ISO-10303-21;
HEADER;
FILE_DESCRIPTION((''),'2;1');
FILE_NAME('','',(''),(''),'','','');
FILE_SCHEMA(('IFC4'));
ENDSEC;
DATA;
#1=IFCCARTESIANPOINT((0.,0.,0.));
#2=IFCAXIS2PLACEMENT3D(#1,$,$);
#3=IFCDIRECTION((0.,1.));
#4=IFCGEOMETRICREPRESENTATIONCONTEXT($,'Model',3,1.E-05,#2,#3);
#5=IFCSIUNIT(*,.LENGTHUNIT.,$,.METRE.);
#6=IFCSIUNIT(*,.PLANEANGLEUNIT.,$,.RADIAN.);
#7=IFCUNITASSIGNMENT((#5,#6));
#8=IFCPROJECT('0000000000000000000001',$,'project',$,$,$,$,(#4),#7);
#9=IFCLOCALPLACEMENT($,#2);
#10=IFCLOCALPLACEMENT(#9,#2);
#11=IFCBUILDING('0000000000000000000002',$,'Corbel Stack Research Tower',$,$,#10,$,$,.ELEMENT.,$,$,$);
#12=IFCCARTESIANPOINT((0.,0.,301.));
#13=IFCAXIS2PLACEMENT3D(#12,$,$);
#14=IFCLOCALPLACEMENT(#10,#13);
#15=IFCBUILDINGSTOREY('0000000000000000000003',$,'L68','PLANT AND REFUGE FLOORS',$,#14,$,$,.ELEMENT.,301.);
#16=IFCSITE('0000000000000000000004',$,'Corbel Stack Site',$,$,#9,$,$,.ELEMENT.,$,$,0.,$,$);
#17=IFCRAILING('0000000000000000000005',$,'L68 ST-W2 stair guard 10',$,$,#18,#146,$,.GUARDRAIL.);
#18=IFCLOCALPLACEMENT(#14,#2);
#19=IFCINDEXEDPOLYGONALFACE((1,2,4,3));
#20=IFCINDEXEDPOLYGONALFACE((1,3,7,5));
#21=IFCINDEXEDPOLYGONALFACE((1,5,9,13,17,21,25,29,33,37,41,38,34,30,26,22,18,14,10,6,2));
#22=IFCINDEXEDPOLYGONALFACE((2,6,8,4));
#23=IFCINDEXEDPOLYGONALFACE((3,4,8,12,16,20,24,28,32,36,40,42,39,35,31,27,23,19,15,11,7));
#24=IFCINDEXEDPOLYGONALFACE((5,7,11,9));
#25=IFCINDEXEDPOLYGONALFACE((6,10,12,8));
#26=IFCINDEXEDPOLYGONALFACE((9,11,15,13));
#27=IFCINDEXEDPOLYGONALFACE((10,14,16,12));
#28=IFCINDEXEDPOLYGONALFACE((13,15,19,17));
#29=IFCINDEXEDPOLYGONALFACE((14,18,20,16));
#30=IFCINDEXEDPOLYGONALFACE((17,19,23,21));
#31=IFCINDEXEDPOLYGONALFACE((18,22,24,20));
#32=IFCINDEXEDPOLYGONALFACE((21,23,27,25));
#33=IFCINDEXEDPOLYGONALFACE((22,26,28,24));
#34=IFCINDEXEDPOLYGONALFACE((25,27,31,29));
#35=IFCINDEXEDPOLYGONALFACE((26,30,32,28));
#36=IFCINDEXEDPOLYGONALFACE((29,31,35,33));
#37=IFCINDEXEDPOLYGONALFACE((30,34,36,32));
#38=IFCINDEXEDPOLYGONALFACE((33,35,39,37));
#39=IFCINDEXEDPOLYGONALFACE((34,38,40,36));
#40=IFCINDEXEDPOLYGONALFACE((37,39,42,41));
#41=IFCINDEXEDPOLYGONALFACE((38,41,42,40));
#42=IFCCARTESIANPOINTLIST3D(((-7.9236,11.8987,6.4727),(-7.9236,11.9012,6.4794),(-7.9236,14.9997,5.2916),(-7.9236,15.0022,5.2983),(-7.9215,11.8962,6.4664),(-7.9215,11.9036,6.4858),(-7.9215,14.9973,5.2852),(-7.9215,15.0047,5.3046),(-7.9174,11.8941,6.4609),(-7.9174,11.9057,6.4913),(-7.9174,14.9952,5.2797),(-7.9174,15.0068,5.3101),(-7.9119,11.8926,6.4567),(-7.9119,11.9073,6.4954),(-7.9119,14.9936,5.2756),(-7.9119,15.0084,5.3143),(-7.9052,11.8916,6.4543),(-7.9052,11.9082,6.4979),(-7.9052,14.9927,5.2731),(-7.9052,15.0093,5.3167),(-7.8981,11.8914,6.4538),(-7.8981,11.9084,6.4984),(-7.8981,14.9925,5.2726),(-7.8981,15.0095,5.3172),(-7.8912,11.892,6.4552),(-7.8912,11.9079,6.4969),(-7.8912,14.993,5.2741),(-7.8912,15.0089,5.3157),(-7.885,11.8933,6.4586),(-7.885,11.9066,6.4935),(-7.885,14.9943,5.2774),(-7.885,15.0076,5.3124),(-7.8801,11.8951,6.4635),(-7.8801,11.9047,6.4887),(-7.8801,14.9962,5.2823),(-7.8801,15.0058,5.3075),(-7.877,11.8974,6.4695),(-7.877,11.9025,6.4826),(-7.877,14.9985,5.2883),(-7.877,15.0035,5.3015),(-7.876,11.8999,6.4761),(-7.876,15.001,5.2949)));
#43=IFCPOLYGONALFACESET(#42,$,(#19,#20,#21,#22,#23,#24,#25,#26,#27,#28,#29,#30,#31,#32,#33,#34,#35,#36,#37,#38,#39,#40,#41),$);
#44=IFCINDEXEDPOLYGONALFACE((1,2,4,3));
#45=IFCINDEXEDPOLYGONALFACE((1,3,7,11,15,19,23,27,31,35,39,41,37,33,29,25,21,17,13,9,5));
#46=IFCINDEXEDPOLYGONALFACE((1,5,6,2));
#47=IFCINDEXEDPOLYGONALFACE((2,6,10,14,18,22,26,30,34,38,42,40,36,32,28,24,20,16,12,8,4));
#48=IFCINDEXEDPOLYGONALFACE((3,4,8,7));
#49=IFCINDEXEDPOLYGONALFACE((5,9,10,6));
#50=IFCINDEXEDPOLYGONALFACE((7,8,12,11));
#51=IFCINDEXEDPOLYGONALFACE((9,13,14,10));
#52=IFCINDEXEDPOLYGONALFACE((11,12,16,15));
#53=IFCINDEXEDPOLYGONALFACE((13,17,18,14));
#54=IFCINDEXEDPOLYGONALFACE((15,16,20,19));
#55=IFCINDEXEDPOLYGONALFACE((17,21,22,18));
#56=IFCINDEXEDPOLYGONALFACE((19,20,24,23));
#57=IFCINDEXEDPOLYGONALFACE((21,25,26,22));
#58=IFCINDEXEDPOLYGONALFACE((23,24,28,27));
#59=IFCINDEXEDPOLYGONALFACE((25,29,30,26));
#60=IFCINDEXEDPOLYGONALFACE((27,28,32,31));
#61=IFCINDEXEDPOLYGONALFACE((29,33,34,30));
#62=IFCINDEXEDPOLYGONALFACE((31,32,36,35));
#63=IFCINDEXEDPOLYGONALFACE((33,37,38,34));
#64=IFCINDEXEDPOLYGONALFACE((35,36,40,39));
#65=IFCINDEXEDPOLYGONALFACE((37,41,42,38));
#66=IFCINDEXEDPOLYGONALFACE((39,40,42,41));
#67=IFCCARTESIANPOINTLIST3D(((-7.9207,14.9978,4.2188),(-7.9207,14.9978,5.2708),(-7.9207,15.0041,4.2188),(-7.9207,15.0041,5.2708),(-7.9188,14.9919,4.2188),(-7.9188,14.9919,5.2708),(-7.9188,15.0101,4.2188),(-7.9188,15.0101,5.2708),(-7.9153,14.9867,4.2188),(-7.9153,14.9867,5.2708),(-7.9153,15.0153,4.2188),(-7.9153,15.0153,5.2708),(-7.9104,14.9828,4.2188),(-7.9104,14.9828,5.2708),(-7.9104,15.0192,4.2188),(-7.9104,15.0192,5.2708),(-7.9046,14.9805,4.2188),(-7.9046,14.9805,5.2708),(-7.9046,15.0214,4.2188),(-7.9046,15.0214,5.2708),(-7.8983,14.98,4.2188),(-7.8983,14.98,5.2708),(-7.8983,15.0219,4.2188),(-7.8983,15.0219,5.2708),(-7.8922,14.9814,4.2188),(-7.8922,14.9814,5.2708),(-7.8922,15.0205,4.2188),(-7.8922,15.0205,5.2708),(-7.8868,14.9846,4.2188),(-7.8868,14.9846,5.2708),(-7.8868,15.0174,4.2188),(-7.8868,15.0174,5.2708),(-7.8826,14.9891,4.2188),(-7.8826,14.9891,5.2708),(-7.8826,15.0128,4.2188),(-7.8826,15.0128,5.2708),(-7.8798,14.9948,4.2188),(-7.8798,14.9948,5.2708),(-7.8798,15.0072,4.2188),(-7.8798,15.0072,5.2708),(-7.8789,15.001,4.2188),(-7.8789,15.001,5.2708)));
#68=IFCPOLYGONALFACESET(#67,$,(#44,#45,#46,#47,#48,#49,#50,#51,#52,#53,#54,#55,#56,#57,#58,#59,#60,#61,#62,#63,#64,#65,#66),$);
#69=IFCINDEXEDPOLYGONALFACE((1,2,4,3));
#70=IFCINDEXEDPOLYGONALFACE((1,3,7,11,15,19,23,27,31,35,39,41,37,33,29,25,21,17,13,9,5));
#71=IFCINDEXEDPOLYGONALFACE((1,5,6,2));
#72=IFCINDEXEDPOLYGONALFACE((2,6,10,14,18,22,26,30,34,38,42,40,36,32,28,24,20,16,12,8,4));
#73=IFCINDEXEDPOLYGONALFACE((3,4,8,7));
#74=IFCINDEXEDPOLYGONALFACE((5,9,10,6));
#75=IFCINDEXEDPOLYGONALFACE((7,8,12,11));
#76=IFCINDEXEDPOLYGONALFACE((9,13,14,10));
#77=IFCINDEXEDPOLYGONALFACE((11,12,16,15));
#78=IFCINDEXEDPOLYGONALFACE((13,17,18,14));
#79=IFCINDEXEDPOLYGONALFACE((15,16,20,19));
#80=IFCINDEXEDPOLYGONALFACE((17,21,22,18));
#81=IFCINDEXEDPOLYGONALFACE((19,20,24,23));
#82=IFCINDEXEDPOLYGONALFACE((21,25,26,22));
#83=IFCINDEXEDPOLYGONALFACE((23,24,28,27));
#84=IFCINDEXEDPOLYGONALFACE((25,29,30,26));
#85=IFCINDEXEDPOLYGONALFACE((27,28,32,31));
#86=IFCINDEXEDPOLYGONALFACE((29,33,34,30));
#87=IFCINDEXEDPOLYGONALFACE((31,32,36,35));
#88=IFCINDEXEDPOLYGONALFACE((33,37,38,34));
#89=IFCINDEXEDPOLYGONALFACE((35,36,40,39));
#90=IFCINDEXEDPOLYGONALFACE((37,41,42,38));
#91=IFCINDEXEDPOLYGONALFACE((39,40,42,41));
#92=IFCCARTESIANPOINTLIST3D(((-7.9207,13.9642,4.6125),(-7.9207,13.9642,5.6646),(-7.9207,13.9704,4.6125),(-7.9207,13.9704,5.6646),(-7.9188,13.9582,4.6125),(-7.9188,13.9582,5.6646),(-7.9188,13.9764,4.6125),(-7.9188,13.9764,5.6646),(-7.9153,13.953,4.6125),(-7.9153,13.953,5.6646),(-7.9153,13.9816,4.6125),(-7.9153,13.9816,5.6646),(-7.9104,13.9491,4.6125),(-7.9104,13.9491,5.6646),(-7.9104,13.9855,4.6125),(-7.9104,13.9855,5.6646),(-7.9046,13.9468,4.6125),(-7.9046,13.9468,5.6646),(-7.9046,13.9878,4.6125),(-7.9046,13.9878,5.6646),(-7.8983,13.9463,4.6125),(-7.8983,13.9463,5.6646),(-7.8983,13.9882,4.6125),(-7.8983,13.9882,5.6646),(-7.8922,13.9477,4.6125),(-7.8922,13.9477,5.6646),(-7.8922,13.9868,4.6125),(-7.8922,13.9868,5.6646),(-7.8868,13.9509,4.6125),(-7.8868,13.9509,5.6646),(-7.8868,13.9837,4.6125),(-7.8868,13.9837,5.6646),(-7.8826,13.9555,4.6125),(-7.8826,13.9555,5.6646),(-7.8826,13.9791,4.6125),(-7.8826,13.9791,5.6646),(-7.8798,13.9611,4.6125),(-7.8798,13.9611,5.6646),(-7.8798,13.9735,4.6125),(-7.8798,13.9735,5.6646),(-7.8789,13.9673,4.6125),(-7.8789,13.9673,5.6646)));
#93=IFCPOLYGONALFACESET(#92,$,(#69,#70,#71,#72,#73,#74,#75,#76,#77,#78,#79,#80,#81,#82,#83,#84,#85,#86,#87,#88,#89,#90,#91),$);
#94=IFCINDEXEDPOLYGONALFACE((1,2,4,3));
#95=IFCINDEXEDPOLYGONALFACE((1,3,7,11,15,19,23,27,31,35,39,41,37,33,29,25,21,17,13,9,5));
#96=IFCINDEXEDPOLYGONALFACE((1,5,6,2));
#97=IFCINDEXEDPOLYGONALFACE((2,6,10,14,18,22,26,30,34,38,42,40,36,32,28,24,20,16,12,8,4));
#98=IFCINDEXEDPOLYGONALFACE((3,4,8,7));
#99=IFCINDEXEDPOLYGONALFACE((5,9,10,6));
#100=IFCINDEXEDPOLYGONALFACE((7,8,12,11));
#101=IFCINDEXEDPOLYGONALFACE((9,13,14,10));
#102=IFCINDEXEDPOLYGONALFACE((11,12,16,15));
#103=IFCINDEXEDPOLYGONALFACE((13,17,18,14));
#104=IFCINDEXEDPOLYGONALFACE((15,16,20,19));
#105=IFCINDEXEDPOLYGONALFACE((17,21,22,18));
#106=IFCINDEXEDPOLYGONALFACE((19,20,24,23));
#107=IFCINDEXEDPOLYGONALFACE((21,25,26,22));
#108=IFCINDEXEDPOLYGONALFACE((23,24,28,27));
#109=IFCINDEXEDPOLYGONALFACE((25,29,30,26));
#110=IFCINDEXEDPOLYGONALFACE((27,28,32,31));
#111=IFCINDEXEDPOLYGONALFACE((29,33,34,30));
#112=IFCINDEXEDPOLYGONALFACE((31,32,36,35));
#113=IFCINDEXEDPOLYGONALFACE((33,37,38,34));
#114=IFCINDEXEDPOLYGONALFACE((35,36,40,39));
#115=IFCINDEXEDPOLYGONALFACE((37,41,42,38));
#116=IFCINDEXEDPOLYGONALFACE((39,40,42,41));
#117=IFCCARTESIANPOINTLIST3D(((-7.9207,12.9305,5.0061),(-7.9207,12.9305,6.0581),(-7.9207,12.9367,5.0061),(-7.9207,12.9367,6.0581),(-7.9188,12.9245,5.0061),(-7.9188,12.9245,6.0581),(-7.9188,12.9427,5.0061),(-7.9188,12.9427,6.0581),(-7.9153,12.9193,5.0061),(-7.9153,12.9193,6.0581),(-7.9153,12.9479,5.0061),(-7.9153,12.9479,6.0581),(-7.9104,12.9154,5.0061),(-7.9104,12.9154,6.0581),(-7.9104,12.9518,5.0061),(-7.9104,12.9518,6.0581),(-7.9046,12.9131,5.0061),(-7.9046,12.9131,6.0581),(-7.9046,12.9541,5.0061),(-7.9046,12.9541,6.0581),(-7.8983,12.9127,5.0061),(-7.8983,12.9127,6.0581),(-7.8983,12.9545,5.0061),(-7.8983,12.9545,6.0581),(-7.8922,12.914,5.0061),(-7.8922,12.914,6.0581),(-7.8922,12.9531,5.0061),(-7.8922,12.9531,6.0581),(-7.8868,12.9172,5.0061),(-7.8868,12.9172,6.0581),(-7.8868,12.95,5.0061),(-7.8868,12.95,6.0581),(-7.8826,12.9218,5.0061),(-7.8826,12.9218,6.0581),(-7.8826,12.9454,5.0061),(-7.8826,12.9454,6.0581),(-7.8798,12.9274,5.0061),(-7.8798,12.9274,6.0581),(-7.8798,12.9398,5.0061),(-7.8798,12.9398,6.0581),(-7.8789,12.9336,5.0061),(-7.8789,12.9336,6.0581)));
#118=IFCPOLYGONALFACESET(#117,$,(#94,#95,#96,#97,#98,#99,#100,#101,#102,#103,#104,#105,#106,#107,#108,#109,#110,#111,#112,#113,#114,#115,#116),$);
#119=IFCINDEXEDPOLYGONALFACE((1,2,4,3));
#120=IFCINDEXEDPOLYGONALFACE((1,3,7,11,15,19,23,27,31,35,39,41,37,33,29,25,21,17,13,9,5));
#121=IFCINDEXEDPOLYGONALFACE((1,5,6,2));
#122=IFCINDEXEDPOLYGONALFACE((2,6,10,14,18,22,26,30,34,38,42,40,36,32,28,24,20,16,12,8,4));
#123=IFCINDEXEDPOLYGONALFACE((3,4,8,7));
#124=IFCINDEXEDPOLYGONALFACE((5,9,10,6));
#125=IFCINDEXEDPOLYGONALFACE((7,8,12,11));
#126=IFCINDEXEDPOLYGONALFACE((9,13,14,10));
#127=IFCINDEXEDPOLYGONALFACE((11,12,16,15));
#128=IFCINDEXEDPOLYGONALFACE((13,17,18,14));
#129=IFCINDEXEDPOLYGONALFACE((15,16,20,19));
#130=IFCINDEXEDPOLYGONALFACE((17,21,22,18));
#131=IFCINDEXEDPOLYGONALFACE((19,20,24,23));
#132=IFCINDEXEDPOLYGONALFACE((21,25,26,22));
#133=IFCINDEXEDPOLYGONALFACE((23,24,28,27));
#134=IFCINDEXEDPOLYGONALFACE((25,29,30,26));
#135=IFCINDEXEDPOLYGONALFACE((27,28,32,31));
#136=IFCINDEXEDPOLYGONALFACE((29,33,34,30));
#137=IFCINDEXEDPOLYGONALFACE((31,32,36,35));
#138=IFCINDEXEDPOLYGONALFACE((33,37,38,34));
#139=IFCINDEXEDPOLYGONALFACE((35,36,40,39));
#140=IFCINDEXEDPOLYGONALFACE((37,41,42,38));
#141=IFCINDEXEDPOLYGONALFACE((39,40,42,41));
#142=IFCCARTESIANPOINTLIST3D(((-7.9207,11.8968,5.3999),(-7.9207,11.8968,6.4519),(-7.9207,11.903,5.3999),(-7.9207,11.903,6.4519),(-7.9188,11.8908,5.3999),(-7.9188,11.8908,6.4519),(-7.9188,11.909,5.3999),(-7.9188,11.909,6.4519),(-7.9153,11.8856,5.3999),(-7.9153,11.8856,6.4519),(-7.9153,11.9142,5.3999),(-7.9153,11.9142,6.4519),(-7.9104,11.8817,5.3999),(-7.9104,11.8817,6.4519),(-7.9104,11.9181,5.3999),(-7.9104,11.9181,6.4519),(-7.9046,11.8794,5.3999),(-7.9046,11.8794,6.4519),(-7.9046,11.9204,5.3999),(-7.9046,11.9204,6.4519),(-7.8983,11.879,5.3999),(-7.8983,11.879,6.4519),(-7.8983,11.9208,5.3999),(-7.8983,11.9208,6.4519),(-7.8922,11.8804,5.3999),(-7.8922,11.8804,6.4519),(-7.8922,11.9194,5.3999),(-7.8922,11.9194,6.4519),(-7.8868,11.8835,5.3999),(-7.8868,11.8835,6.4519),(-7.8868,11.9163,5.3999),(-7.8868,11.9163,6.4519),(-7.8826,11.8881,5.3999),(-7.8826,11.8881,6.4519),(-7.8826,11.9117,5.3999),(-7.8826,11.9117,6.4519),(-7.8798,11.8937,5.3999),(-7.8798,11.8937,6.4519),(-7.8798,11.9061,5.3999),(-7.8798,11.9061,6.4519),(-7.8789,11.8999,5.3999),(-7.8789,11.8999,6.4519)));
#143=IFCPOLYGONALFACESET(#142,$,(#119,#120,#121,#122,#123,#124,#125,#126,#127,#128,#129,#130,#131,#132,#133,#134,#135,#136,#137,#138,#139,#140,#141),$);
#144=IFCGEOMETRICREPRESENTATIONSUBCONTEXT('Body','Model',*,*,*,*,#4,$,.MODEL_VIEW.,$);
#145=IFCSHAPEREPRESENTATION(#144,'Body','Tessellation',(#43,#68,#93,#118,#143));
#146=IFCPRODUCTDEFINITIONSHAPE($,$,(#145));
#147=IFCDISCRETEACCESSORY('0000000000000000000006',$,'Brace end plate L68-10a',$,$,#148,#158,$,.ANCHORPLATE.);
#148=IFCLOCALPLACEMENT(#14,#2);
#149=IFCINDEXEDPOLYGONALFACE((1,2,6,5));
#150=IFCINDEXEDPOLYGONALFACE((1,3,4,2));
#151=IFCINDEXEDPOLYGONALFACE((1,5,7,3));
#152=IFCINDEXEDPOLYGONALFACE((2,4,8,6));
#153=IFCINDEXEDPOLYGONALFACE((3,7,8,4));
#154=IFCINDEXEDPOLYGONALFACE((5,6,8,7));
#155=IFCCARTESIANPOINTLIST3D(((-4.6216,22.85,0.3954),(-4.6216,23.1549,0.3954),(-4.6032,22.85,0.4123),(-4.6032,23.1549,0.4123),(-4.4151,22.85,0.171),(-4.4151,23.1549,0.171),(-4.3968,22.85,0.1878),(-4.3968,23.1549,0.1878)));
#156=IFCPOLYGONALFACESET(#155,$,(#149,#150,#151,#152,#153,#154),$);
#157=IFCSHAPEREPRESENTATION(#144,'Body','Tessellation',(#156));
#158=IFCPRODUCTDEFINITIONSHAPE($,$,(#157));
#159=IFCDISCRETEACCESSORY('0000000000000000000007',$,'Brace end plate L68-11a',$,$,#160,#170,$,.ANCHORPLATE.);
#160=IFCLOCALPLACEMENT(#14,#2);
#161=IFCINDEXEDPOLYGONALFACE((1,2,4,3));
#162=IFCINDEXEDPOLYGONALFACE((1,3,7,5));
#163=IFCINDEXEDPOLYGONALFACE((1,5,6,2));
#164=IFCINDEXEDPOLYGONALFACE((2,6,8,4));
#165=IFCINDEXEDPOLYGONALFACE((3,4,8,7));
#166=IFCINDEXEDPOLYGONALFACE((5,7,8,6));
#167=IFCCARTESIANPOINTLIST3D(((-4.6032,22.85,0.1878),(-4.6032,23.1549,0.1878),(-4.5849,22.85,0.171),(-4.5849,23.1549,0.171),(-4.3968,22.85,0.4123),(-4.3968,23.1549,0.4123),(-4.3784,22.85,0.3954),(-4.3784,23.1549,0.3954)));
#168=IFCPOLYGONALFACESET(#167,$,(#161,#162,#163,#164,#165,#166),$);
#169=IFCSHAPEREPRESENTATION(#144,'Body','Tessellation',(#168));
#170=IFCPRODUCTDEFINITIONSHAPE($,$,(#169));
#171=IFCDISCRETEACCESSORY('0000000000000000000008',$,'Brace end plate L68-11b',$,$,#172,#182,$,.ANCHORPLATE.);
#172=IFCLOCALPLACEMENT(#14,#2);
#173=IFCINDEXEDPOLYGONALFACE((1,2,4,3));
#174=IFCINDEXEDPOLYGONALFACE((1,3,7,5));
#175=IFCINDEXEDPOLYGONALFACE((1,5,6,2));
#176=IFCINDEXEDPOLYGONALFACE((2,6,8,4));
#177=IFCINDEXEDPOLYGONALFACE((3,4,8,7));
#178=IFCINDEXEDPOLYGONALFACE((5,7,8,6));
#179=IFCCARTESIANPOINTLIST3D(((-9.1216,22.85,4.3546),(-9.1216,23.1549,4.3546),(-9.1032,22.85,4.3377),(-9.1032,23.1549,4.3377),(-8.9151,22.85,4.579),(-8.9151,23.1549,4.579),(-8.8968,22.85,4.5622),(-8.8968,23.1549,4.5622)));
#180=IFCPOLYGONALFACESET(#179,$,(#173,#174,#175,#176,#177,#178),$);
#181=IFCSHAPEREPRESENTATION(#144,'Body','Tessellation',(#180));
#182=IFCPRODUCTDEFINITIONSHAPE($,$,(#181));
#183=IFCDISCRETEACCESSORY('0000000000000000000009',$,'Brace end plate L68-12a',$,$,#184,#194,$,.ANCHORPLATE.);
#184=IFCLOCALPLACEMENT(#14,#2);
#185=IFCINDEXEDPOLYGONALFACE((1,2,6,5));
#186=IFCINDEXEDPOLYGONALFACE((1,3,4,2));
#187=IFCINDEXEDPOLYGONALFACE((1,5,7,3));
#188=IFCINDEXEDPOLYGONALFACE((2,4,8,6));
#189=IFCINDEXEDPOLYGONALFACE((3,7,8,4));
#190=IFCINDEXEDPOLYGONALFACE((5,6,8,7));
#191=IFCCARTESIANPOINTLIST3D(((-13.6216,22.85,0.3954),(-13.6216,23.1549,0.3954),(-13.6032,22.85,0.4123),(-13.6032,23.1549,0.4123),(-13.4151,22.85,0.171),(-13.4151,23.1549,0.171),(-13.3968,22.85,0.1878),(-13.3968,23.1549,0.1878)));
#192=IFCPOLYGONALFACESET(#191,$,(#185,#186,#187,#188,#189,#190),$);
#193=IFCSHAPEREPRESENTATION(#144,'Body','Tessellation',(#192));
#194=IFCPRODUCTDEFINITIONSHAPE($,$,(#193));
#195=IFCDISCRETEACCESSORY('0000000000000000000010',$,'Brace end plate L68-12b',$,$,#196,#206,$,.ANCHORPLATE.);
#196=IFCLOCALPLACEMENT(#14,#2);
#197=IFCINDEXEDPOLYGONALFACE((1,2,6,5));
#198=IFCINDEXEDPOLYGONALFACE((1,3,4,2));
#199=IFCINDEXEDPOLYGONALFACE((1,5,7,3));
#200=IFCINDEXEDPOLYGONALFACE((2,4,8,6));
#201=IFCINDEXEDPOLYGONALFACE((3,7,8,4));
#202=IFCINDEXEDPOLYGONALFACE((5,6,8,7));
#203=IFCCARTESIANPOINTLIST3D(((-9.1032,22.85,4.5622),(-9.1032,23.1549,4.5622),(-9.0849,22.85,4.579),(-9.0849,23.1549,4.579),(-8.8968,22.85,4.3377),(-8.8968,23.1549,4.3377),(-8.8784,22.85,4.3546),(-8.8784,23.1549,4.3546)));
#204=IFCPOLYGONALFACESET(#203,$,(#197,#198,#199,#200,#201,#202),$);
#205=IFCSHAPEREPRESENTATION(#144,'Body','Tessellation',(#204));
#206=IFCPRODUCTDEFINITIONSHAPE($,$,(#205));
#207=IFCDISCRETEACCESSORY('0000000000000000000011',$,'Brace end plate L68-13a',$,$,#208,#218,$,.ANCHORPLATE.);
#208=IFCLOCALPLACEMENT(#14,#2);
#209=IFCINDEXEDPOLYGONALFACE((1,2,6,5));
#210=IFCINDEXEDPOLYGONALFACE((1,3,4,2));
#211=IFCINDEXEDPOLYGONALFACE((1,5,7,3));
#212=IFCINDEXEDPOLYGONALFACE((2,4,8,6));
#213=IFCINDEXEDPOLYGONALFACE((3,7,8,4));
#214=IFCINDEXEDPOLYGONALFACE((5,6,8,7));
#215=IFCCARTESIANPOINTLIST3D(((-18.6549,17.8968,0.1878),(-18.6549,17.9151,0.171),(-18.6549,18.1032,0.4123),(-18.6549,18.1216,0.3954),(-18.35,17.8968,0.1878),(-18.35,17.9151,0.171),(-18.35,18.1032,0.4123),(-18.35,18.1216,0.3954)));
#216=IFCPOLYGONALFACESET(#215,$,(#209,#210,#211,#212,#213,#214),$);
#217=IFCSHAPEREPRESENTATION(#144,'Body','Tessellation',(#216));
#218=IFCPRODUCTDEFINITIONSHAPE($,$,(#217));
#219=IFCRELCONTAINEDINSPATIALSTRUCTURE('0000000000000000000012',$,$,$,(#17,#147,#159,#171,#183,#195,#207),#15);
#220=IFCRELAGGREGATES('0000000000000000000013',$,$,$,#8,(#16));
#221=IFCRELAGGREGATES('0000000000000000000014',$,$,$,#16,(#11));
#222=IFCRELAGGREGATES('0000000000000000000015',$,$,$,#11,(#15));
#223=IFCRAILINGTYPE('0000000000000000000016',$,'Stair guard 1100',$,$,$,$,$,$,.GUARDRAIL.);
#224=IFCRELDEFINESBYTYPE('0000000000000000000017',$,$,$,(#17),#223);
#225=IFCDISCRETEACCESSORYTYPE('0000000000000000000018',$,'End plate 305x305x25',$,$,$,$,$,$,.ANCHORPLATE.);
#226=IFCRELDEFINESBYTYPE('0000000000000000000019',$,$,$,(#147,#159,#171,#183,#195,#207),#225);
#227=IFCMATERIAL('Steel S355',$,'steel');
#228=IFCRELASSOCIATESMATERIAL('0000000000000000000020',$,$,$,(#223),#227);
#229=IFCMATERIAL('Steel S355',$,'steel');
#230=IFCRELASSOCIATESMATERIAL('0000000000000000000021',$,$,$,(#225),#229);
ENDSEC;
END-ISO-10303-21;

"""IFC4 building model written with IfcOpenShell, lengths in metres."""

from ifc_helpers import new_model, si_unit, direction, frame, origin, origin_2d, place, context, subcontext, project, spatial, rectangle, circle, extrude, material, material_profile, profile_set, type_object, element, save


model = new_model("IFC4")

# Units and contexts
model_context = context("Model", 3, precision=1e-05, world=origin(), true_north=direction((0.0, 1.0)))
body_context = subcontext(model_context, "Body", "Model", "MODEL_VIEW")
ifc_project = project(units=[si_unit("LENGTHUNIT", "METRE"), si_unit("PLANEANGLEUNIT", "RADIAN")], contexts=[model_context])

# Site, building, storey
site_placement = place(None, origin())
site = spatial("IfcSite", under=ifc_project, at=site_placement, Name="Corbel Stack Site", CompositionType="ELEMENT", RefElevation=0.0)
building_placement = place(site_placement, origin())
building = spatial("IfcBuilding", under=site, at=building_placement, Name="Corbel Stack Research Tower", CompositionType="ELEMENT")
storey_placement = place(building_placement, frame((0.0, 0.0, 301.0)))
storey = spatial("IfcBuildingStorey", under=building, at=storey_placement, Name="L68", Description="PLANT AND REFUGE FLOORS", CompositionType="ELEMENT", Elevation=301.0)

# Railing
ifc_material_1 = material(Name="Steel S355", Category="steel")
railing_type = type_object("IfcRailingType", Name="Stair guard 1100", PredefinedType="GUARDRAIL", material=ifc_material_1)
railing_1_placement = place(storey_placement, frame((-7.8999, 15.001, 4.2188)))
element("IfcRailing", 1, at=railing_1_placement, inside=storey, type_object=railing_type, Name="L68 ST-W2 stair guard 10", PredefinedType="GUARDRAIL", context=body_context, shape_type="SweptSolid", body=[
    extrude(circle(Radius=0.0239, at=origin_2d()), frame((0.0, 0.0, 1.0762), z_axis=(0.0, -0.934509, 0.35594), x_axis=(1.0, 0.0, 0.0)), (0.0, 0.0, 1.0), 3.3184),
    extrude(circle(Radius=0.021, at=origin_2d()), origin(), (0.0, 0.0, 1.0), 1.052),
    extrude(circle(Radius=0.021, at=origin_2d()), frame((0.0, -1.0337, 0.3938)), (0.0, 0.0, 1.0), 1.052),
    extrude(circle(Radius=0.021, at=origin_2d()), frame((0.0, -2.0674, 0.7874)), (0.0, 0.0, 1.0), 1.052),
    extrude(circle(Radius=0.021, at=origin_2d()), frame((0.0, -3.1011, 1.1812)), (0.0, 0.0, 1.0), 1.052),
])

# Discrete accessories
ifc_material_2 = material(Name="Steel S355", Category="steel")
ifc_material_profile_1 = material_profile(ifc_material_2, rectangle(XDim=0.3049, YDim=0.3049, at=origin_2d()), Name="End plate 305x305x25")
ifc_profile_set_1 = profile_set([ifc_material_profile_1], Name="Steel S355")
discrete_accessory_type = type_object("IfcDiscreteAccessoryType", Name="End plate 305x305x25", PredefinedType="ANCHORPLATE", material=ifc_profile_set_1)
for number, where, z_axis, x_axis, name in (
    (2, (-4.5, 23.0024, 0.3), (-0.735931, 0.0, -0.677057), (0.0, -1.0, 0.0), "Brace end plate L68-10a"),
    (3, (-4.5, 23.0024, 0.3), (0.735931, 0.0, -0.677057), (0.0, 1.0, 0.0), "Brace end plate L68-11a"),
    (4, (-9.0, 23.0024, 4.45), (-0.735931, 0.0, 0.677057), (0.0, -1.0, 0.0), "Brace end plate L68-11b"),
    (5, (-13.5, 23.0024, 0.3), (-0.735931, 0.0, -0.677057), (0.0, -1.0, 0.0), "Brace end plate L68-12a"),
    (6, (-9.0, 23.0024, 4.45), (0.735931, 0.0, 0.677057), (0.0, 1.0, 0.0), "Brace end plate L68-12b"),
    (7, (-18.5024, 18.0, 0.3), (0.0, 0.735931, -0.677057), (-1.0, 0.0, 0.0), "Brace end plate L68-13a"),
):
    element("IfcDiscreteAccessory", number, at=place(storey_placement, frame(where, z_axis=z_axis, x_axis=x_axis)), inside=storey, type_object=discrete_accessory_type, Name=name, PredefinedType="ANCHORPLATE", context=body_context, shape_type="SweptSolid", body=[
        extrude(rectangle(XDim=0.3049, YDim=0.3049, at=origin_2d()), origin(), (0.0, 0.0, 1.0), 0.0249),
    ])

save(model, "model.ifc")
